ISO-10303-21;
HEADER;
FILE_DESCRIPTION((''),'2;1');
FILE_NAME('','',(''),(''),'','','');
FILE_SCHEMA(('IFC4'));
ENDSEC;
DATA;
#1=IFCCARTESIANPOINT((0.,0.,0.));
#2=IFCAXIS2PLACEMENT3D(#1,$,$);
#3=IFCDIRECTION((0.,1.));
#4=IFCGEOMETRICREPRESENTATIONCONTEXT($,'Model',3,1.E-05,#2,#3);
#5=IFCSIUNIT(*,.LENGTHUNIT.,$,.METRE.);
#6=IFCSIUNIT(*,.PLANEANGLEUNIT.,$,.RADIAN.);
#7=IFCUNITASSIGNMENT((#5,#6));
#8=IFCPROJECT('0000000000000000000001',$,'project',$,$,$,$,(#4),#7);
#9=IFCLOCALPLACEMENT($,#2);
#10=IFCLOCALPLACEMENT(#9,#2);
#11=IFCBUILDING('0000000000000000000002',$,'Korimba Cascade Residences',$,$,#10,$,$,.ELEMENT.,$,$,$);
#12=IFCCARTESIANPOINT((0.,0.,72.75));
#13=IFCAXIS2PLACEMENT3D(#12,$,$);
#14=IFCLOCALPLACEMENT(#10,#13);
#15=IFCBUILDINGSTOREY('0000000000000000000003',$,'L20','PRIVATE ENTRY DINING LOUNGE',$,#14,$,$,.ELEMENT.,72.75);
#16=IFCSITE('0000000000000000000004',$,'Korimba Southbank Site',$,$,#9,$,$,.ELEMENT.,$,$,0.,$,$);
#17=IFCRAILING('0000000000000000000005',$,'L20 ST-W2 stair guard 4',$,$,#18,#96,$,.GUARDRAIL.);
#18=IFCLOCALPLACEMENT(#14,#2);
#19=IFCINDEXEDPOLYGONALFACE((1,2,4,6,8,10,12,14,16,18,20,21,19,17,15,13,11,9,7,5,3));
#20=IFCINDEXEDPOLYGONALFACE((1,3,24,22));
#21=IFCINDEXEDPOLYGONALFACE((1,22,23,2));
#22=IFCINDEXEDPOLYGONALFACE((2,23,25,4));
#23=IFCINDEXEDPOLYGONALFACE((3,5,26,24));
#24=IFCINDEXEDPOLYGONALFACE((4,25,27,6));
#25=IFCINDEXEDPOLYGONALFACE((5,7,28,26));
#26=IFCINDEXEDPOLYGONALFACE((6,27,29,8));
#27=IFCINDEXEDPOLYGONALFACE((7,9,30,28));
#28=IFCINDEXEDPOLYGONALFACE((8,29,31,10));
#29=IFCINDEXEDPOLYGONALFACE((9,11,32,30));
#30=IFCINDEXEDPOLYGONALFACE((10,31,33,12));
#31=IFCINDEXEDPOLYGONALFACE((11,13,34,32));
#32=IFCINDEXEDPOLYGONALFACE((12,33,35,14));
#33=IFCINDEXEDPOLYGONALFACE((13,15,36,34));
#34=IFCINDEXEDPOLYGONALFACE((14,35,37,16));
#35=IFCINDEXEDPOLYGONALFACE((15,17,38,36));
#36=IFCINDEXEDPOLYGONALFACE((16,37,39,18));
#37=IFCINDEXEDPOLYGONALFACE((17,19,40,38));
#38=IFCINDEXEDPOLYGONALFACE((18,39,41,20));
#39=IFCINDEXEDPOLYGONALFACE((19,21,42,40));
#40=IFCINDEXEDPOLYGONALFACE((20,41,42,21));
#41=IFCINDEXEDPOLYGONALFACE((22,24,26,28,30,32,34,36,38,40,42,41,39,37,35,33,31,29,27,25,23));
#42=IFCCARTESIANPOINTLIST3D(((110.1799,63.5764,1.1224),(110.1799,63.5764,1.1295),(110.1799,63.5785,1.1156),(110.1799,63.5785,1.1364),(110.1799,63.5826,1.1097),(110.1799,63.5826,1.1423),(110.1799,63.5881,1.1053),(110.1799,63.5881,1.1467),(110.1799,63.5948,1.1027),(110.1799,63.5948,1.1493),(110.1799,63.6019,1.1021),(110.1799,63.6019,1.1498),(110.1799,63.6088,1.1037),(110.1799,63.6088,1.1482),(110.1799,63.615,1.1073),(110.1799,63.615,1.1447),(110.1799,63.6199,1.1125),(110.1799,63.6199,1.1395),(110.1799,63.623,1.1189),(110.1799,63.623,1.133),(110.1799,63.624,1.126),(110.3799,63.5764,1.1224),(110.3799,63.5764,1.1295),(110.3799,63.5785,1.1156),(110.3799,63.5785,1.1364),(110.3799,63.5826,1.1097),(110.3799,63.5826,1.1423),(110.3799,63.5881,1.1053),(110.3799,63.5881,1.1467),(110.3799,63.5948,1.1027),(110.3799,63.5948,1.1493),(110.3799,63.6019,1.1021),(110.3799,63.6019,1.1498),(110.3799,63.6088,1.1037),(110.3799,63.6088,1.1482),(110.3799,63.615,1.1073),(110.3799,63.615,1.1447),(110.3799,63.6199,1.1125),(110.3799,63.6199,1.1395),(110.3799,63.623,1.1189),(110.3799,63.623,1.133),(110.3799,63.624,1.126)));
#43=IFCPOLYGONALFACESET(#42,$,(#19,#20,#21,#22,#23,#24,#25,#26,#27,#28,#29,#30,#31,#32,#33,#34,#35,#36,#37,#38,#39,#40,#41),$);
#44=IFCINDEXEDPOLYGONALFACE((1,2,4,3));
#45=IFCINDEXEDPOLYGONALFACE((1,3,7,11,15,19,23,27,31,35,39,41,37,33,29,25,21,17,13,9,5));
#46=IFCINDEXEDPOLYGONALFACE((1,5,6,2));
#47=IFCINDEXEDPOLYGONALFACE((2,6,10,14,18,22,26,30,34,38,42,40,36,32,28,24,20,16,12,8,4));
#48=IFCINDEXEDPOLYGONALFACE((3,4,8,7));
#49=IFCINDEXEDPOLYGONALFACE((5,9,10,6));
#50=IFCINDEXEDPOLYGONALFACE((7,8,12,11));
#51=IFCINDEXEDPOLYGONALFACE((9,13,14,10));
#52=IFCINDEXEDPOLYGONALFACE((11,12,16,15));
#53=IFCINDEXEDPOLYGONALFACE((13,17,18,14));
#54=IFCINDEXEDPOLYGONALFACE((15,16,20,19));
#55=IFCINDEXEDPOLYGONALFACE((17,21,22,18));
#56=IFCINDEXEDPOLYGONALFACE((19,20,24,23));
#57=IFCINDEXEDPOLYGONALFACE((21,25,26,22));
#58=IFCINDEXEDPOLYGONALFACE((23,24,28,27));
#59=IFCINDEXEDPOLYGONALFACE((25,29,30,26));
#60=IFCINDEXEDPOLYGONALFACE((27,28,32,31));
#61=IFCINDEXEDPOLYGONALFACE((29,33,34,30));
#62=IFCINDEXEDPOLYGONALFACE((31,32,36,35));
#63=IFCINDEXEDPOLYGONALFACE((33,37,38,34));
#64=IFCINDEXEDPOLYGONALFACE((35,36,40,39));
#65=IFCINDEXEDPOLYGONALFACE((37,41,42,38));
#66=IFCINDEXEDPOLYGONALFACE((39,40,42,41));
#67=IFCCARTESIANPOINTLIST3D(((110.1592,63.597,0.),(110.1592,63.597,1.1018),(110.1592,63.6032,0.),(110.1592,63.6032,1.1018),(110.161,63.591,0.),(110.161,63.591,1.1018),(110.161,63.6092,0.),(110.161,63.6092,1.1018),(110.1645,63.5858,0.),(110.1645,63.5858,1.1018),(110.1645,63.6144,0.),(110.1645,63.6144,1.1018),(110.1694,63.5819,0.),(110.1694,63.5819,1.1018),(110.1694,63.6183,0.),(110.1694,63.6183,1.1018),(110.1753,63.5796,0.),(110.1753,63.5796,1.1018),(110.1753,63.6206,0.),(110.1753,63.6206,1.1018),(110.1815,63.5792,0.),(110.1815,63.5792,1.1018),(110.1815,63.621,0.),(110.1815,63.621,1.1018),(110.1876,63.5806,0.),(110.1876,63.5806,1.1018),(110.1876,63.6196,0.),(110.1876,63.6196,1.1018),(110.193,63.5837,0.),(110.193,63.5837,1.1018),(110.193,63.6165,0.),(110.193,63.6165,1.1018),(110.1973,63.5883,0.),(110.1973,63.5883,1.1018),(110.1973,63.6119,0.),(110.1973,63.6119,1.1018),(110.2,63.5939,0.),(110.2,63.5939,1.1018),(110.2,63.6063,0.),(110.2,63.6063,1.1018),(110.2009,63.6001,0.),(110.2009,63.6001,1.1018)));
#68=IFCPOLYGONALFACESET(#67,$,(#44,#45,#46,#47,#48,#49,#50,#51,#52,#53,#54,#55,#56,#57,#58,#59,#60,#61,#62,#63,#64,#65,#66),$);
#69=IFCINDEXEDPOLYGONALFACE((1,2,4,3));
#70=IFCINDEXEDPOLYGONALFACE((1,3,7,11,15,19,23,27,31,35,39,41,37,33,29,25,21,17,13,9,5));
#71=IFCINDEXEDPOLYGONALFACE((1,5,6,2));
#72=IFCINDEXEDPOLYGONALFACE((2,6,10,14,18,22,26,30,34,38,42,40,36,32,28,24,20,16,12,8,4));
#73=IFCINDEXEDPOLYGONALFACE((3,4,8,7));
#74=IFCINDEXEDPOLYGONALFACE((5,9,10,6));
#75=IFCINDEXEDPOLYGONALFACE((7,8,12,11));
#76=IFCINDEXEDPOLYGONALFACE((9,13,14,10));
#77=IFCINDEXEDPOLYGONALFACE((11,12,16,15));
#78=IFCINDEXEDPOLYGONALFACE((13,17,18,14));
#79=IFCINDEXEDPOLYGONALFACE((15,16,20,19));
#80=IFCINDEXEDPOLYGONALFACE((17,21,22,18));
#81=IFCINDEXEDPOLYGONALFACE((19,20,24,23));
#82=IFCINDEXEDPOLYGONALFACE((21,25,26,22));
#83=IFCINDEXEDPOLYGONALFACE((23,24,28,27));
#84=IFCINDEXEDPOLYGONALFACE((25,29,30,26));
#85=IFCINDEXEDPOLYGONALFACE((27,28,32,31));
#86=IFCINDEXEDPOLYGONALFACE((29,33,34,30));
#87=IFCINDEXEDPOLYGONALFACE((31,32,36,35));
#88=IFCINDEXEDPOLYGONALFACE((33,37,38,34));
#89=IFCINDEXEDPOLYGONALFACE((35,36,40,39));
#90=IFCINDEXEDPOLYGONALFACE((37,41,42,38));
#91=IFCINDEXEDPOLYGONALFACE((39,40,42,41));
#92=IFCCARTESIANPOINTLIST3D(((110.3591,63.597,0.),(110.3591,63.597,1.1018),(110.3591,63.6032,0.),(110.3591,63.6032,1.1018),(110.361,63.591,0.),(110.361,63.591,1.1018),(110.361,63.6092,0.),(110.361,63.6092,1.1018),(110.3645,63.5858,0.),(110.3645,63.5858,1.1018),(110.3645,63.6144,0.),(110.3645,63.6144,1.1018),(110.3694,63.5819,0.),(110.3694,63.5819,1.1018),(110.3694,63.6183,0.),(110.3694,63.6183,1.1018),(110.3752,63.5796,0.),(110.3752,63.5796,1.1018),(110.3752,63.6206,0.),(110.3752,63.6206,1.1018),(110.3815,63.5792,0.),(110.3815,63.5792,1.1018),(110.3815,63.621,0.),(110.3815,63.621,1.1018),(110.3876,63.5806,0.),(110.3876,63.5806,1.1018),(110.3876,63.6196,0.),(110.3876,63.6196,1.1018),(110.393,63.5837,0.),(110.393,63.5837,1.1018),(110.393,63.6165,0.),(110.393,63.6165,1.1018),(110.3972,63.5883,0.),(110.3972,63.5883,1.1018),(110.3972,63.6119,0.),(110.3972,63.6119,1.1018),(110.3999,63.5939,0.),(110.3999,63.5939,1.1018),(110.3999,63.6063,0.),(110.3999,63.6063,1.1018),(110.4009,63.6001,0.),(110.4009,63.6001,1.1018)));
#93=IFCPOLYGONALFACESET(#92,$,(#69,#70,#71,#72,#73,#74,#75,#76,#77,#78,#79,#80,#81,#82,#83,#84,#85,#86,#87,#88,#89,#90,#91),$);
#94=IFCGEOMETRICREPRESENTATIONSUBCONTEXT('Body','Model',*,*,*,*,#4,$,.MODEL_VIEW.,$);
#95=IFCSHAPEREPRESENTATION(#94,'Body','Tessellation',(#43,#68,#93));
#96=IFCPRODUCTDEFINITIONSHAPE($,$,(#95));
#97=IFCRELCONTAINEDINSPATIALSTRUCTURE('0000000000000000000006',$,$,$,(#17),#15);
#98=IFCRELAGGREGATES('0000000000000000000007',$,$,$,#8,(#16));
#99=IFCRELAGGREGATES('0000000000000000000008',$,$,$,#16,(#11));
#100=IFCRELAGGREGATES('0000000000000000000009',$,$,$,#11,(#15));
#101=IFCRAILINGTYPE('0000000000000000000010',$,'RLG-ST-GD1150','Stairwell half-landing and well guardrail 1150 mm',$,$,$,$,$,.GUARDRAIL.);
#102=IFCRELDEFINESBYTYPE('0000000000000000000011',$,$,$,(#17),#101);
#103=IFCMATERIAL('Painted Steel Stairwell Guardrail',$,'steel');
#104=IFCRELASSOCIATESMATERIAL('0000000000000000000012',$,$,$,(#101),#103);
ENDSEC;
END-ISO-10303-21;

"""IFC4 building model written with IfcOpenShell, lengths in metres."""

from ifc_helpers import new_model, si_unit, direction, frame, origin, origin_2d, place, context, subcontext, project, spatial, circle, extrude, material, type_object, element, save


model = new_model("IFC4")

# Units and contexts
model_context = context("Model", 3, precision=1e-05, world=origin(), true_north=direction((0.0, 1.0)))
body_context = subcontext(model_context, "Body", "Model", "MODEL_VIEW")
ifc_project = project(units=[si_unit("LENGTHUNIT", "METRE"), si_unit("PLANEANGLEUNIT", "RADIAN")], contexts=[model_context])

# Site, building, storey
site_placement = place(None, origin())
site = spatial("IfcSite", under=ifc_project, at=site_placement, Name="Korimba Southbank Site", CompositionType="ELEMENT", RefElevation=0.0)
building_placement = place(site_placement, origin())
building = spatial("IfcBuilding", under=site, at=building_placement, Name="Korimba Cascade Residences", CompositionType="ELEMENT")
storey_placement = place(building_placement, frame((0.0, 0.0, 72.75)))
storey = spatial("IfcBuildingStorey", under=building, at=storey_placement, Name="L20", Description="PRIVATE ENTRY DINING LOUNGE", CompositionType="ELEMENT", Elevation=72.75)

# Railing
ifc_material_1 = material(Name="Painted Steel Stairwell Guardrail", Category="steel")
railing_type_1 = type_object("IfcRailingType", Name="RLG-ST-GD1150", Description="Stairwell half-landing and well guardrail 1150 mm", PredefinedType="GUARDRAIL", material=ifc_material_1)
railing_1_placement = place(storey_placement, frame((110.1799, 63.6001, 0.0)))
element("IfcRailing", 1, at=railing_1_placement, inside=storey, type_object=railing_type_1, Name="L20 ST-W2 stair guard 4", PredefinedType="GUARDRAIL", context=body_context, shape_type="SweptSolid", body=[
    extrude(circle(Radius=0.0239, at=origin_2d()), frame((0.0, 0.0, 1.126), z_axis=(1.0, 0.0, 0.0), x_axis=(0.0, 1.0, 0.0)), (0.0, 0.0, 1.0), 0.2),
    extrude(circle(Radius=0.021, at=origin_2d()), origin(), (0.0, 0.0, 1.0), 1.1018),
    extrude(circle(Radius=0.021, at=origin_2d()), frame((0.2, 0.0, 0.0)), (0.0, 0.0, 1.0), 1.1018),
])

save(model, "model.ifc")
